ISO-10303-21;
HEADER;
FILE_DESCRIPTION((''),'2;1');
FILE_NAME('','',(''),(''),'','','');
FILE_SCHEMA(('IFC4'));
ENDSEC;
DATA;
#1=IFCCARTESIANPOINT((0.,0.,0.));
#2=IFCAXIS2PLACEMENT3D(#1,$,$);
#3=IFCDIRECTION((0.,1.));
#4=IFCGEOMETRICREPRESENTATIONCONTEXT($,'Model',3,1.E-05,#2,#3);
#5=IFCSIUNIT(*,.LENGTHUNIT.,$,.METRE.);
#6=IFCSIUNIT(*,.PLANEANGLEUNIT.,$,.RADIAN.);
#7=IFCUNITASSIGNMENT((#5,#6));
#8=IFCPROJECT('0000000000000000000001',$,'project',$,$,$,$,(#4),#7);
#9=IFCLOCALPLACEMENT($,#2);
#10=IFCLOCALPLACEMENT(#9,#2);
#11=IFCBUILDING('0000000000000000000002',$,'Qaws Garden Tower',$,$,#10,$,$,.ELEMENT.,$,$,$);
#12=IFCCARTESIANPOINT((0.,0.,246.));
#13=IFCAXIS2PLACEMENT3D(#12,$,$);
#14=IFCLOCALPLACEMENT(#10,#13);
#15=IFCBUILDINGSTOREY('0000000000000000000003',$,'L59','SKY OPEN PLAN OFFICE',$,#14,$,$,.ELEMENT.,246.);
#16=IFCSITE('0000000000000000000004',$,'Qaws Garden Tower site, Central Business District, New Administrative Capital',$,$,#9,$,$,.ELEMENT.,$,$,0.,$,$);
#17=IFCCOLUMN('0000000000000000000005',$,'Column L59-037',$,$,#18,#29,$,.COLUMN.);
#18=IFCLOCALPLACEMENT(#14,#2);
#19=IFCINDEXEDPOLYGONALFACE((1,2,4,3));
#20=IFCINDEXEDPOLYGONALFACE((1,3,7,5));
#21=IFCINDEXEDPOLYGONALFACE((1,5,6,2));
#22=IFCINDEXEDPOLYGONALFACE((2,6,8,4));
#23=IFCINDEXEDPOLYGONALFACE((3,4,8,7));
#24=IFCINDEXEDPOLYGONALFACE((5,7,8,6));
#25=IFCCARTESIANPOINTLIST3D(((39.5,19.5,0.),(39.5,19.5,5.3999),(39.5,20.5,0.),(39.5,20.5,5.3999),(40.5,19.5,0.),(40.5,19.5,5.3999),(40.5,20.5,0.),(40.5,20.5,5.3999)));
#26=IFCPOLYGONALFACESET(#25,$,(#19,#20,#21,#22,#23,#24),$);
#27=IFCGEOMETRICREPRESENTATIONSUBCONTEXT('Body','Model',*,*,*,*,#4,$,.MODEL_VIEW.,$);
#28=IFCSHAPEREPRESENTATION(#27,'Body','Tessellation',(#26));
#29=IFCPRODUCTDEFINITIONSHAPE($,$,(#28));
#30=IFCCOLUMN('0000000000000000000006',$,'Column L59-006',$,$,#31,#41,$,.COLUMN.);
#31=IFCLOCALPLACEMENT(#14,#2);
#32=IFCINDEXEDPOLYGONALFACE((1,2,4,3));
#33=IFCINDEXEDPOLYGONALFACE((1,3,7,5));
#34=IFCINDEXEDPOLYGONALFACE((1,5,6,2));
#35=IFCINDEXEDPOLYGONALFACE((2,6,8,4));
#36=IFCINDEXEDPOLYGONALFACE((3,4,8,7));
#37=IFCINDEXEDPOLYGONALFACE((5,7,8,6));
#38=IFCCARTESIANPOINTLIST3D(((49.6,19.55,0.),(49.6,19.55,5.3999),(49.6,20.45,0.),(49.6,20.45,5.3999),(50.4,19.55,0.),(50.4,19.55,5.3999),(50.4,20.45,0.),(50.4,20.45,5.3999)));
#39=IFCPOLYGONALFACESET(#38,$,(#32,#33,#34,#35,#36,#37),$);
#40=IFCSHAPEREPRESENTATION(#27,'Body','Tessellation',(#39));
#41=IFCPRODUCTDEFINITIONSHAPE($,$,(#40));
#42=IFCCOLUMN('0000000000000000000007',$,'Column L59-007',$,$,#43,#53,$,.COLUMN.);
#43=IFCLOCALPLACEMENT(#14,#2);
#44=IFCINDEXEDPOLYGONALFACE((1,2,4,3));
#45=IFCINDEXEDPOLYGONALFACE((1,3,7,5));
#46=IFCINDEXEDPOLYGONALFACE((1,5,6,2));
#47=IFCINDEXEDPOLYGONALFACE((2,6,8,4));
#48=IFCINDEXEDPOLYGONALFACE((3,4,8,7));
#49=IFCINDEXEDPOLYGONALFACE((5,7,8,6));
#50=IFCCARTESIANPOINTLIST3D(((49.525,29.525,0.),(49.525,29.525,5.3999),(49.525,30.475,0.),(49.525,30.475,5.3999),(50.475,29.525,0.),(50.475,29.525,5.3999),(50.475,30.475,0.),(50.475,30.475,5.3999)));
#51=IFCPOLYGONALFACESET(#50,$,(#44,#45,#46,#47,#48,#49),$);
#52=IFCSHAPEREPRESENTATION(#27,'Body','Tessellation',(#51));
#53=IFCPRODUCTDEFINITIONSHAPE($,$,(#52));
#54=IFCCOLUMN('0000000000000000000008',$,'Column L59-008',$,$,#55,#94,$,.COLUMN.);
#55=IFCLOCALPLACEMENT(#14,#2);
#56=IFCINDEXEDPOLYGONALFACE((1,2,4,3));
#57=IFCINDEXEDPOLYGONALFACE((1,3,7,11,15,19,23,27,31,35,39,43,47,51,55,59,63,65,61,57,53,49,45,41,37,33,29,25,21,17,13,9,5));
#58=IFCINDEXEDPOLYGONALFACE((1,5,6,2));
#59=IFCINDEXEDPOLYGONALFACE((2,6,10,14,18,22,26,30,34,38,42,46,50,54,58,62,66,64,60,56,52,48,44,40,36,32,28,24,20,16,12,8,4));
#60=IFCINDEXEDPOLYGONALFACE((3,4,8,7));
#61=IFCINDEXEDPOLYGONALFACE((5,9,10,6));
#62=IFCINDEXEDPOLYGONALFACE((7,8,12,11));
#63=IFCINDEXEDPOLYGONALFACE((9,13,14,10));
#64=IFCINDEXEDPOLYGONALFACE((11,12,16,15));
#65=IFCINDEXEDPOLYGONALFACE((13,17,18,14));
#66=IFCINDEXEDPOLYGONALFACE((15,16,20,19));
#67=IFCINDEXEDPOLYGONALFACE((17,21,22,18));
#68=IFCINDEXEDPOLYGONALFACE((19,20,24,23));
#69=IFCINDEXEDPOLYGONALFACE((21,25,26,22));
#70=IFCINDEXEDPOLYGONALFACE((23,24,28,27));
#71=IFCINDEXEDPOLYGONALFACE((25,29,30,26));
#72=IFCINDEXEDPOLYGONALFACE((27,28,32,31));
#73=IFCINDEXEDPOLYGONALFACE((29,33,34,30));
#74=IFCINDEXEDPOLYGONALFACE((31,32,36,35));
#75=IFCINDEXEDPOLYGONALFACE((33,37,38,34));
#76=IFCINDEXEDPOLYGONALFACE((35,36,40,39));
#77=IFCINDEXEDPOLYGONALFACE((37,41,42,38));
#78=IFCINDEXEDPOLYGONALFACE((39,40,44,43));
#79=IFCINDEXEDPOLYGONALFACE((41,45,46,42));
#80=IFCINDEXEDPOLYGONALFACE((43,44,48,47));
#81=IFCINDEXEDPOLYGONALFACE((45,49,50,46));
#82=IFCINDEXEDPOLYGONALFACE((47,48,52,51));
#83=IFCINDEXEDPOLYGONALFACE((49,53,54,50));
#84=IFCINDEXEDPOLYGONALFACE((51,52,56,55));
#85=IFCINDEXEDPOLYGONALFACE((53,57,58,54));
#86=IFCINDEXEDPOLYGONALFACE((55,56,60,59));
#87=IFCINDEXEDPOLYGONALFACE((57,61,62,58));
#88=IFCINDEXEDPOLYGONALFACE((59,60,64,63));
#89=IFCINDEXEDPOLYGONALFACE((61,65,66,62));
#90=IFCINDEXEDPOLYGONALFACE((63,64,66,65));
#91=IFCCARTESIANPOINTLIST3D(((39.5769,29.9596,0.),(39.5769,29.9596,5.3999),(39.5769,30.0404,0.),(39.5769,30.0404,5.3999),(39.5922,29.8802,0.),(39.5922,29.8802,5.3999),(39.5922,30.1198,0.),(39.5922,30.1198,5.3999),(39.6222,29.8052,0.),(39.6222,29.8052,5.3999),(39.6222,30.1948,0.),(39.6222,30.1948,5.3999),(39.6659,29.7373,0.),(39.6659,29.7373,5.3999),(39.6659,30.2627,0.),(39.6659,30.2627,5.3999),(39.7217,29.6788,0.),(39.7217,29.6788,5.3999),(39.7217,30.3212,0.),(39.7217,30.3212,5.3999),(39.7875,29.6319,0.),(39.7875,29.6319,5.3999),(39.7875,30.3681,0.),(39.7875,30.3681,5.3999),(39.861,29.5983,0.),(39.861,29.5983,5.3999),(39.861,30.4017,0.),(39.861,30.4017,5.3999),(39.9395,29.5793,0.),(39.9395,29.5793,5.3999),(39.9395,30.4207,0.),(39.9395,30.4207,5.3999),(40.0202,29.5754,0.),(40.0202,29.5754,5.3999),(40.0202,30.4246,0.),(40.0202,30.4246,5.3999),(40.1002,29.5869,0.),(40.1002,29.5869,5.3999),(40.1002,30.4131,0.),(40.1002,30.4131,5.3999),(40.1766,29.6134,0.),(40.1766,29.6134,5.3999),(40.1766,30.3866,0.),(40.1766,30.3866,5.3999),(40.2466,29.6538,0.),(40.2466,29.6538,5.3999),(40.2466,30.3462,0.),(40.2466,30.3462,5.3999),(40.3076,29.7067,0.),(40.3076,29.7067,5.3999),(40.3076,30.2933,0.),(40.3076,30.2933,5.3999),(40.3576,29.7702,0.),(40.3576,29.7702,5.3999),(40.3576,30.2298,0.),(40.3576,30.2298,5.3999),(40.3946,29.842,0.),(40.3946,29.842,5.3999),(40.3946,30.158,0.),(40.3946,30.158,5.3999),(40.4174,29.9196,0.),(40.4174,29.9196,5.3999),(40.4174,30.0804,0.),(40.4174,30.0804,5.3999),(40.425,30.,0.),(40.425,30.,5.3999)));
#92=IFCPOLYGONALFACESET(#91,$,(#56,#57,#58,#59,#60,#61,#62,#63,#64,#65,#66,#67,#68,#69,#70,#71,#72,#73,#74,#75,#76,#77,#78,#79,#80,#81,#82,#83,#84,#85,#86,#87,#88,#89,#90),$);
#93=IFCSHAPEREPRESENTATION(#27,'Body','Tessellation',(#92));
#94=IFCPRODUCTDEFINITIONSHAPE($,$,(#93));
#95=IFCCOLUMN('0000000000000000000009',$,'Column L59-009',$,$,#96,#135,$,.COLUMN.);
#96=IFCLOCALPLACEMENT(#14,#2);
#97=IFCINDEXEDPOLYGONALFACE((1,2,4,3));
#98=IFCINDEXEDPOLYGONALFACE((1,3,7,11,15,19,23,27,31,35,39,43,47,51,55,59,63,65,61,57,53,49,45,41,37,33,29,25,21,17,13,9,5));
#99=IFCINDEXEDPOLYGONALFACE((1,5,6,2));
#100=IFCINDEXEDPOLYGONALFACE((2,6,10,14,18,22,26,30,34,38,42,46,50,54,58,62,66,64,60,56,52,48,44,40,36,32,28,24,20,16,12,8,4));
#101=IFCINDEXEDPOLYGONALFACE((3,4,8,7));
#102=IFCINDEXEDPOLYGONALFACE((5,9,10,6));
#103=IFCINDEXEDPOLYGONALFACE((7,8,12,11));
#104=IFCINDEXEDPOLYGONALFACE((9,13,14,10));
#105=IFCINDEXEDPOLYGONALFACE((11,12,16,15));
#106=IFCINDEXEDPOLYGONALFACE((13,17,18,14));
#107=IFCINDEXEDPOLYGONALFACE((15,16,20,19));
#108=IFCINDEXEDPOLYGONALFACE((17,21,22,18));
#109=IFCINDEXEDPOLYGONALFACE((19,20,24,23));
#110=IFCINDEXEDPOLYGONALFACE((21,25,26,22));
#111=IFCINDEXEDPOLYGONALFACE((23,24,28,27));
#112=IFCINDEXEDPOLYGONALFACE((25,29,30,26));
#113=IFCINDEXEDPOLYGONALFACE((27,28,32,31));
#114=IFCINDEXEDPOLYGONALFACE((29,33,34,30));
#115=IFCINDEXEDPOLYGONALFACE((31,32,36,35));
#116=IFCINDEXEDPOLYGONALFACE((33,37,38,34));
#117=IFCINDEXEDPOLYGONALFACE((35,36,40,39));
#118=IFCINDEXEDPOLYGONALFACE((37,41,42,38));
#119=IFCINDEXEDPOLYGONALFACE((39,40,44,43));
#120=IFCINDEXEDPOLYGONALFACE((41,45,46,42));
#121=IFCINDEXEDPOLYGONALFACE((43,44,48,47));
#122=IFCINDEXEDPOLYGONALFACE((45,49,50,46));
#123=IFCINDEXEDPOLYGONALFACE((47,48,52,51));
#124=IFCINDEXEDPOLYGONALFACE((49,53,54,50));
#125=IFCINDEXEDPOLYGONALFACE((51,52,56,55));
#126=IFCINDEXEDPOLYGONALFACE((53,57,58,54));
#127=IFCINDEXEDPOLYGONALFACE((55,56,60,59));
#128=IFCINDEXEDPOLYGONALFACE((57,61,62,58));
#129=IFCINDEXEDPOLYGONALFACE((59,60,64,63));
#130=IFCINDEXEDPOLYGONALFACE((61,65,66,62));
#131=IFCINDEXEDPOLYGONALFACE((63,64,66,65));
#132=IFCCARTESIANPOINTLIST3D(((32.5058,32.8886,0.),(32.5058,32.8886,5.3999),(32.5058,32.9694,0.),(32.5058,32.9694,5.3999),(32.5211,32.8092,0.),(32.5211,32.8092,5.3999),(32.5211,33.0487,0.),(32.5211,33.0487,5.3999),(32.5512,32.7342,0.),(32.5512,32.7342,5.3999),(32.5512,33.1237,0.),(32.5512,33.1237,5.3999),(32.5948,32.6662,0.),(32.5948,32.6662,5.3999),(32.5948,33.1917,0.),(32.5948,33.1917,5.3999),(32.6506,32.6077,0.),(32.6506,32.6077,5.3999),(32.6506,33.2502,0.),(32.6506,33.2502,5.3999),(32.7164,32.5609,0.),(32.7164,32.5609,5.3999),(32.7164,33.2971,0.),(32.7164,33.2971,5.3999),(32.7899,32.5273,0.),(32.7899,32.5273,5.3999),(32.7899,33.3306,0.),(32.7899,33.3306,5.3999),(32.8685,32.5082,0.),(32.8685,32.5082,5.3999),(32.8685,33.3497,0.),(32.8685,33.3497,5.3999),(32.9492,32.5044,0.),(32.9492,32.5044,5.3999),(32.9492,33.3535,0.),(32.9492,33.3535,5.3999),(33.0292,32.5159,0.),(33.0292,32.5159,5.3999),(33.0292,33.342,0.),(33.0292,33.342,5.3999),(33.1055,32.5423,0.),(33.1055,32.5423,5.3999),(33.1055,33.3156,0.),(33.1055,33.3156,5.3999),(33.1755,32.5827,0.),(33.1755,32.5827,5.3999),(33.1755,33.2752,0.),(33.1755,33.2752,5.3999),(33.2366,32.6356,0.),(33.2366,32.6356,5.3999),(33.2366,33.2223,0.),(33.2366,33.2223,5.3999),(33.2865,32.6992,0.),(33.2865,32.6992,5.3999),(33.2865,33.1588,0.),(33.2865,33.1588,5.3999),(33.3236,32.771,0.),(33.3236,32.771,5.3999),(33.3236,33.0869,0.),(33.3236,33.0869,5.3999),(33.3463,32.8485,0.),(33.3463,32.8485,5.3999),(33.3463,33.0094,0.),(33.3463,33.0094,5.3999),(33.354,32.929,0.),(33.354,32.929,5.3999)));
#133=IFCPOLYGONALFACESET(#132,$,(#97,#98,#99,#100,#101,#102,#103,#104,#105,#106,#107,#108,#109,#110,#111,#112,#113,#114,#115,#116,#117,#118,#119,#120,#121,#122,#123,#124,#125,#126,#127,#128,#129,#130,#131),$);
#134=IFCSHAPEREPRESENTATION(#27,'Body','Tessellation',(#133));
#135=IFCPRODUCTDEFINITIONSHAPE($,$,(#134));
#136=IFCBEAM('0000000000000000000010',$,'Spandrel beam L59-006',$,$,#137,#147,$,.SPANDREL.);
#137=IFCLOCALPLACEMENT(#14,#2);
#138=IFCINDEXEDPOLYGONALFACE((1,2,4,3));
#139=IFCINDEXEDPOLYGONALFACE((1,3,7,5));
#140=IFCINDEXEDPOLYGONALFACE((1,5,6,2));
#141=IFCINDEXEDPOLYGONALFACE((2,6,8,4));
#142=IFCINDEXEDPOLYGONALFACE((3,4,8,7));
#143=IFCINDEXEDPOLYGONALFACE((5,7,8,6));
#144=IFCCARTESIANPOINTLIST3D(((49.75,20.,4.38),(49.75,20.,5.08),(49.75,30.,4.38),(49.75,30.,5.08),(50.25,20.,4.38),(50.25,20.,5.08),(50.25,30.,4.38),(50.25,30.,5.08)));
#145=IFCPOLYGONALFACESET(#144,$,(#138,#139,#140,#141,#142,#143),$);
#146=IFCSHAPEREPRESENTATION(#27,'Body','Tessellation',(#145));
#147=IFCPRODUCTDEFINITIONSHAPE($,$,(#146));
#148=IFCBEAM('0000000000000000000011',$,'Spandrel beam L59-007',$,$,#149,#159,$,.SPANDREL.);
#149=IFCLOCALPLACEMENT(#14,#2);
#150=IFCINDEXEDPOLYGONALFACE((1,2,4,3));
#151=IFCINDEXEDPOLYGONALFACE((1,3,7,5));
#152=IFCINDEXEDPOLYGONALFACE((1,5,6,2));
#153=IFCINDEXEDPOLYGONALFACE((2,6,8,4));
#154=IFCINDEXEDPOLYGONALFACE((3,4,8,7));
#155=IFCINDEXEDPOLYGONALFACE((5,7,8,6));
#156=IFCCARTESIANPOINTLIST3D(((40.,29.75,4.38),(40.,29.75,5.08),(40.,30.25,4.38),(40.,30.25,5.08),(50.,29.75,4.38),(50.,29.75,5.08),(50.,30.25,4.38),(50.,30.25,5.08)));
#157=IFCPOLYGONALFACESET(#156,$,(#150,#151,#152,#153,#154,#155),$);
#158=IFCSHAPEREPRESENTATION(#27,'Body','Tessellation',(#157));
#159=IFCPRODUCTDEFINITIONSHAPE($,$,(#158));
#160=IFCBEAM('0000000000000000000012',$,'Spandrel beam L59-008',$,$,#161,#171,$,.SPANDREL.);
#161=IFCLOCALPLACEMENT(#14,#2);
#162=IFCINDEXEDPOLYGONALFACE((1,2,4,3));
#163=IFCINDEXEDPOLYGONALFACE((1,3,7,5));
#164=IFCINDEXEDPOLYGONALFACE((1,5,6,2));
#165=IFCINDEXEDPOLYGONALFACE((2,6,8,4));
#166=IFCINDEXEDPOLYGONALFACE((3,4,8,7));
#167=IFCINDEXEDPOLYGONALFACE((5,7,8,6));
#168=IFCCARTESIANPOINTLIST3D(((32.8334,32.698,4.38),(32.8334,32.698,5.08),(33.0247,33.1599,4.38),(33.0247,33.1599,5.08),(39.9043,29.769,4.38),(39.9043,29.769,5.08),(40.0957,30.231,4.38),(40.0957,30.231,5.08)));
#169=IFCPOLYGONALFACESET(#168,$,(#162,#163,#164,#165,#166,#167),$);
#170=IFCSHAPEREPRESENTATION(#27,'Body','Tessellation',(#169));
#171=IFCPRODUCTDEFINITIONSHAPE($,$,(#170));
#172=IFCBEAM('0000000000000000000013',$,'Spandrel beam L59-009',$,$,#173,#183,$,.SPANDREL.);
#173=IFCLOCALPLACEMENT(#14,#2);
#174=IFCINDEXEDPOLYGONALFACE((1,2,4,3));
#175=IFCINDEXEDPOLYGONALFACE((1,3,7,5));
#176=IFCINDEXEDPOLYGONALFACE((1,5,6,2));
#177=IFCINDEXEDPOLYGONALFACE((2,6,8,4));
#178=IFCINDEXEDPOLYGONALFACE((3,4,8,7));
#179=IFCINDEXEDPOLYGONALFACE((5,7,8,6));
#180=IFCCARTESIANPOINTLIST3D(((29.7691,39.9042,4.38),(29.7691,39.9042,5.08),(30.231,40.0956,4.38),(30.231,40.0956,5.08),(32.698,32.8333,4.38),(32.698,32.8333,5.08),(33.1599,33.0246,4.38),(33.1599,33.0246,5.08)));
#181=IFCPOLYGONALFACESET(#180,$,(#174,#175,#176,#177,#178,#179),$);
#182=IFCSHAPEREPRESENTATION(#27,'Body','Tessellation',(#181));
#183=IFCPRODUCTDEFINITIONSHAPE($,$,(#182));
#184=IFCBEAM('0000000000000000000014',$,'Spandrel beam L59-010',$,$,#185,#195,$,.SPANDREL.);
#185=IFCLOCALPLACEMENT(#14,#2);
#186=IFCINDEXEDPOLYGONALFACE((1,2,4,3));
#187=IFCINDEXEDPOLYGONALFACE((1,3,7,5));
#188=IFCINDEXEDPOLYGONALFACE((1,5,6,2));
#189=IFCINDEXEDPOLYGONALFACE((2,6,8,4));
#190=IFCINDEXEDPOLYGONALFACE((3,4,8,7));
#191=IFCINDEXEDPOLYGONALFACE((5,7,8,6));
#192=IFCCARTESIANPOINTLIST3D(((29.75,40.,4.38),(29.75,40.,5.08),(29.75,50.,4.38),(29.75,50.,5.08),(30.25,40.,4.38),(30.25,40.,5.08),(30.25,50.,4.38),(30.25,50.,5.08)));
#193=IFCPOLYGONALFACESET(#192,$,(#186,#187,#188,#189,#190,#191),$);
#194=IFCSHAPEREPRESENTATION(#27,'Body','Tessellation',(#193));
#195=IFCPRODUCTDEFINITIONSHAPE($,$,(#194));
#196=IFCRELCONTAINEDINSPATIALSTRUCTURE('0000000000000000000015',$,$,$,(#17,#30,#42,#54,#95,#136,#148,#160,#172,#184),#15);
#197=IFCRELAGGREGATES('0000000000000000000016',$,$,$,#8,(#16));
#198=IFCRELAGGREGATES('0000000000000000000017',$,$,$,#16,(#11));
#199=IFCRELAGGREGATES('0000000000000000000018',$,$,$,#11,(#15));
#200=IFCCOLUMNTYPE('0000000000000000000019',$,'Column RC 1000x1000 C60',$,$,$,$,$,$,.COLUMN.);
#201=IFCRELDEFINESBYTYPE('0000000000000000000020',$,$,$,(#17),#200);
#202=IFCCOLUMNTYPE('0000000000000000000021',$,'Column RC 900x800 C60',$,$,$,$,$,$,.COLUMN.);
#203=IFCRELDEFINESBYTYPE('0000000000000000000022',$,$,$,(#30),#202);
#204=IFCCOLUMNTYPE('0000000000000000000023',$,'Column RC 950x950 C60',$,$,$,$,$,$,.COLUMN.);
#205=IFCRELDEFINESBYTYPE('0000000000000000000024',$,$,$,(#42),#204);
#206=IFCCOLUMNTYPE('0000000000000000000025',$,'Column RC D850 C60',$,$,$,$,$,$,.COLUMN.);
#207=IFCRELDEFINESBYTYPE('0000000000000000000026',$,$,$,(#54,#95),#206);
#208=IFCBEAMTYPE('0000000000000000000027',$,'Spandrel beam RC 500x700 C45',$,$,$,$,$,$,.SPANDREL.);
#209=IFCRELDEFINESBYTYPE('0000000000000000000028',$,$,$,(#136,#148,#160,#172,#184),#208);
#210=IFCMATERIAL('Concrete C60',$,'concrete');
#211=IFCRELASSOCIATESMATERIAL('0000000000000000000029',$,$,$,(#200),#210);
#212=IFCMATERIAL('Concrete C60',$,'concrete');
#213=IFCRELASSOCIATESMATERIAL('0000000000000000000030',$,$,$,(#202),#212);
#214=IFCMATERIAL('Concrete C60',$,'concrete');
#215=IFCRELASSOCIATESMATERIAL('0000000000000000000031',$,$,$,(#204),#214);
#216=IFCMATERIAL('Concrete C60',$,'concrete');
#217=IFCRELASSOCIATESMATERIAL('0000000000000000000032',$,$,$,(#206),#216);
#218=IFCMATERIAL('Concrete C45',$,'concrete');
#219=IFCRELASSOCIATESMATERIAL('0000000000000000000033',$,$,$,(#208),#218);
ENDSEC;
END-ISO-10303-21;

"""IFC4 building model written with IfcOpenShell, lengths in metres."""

from ifc_helpers import new_model, si_unit, direction, frame, origin, origin_2d, place, context, subcontext, project, spatial, rectangle, circle, extrude, material, material_profile, profile_set, type_object, element, save


model = new_model("IFC4")

# Units and contexts
model_context = context("Model", 3, precision=1e-05, world=origin(), true_north=direction((0.0, 1.0)))
body_context = subcontext(model_context, "Body", "Model", "MODEL_VIEW")
ifc_project = project(units=[si_unit("LENGTHUNIT", "METRE"), si_unit("PLANEANGLEUNIT", "RADIAN")], contexts=[model_context])

# Site, building, storey
site_placement = place(None, origin())
site = spatial("IfcSite", under=ifc_project, at=site_placement, Name="Qaws Garden Tower site, Central Business District, New Administrative Capital", CompositionType="ELEMENT", RefElevation=0.0)
building_placement = place(site_placement, origin())
building = spatial("IfcBuilding", under=site, at=building_placement, Name="Qaws Garden Tower", CompositionType="ELEMENT")
storey_placement = place(building_placement, frame((0.0, 0.0, 246.0)))
storey = spatial("IfcBuildingStorey", under=building, at=storey_placement, Name="L59", Description="SKY OPEN PLAN OFFICE", CompositionType="ELEMENT", Elevation=246.0)

# Columns
ifc_material_1 = material(Name="Concrete C60", Category="concrete")
ifc_material_profile_1 = material_profile(ifc_material_1, rectangle(XDim=1.0, YDim=1.0, at=origin_2d()), Name="RC 1000x1000")
ifc_profile_set_1 = profile_set([ifc_material_profile_1], Name="Concrete C60")
column_type_1 = type_object("IfcColumnType", Name="Column RC 1000x1000 C60", PredefinedType="COLUMN", material=ifc_profile_set_1)
column_1_placement = place(storey_placement, frame((40.0, 20.0, 0.0), z_axis=(0.0, 0.0, 1.0), x_axis=(1.0, 0.0, 0.0)))
element("IfcColumn", 1, at=column_1_placement, inside=storey, type_object=column_type_1, Name="Column L59-037", PredefinedType="COLUMN", context=body_context, shape_type="SweptSolid", body=[
    extrude(rectangle(XDim=1.0, YDim=1.0, at=origin_2d()), origin(), (0.0, 0.0, 1.0), 5.3999),
])
ifc_material_2 = material(Name="Concrete C60", Category="concrete")
ifc_material_profile_2 = material_profile(ifc_material_2, rectangle(XDim=0.8999, YDim=0.8, at=origin_2d()), Name="RC 900x800")
ifc_profile_set_2 = profile_set([ifc_material_profile_2], Name="Concrete C60")
column_type_2 = type_object("IfcColumnType", Name="Column RC 900x800 C60", PredefinedType="COLUMN", material=ifc_profile_set_2)
column_2_placement = place(storey_placement, frame((50.0, 20.0, 0.0), z_axis=(0.0, 0.0, 1.0), x_axis=(0.0, 1.0, 0.0)))
element("IfcColumn", 2, at=column_2_placement, inside=storey, type_object=column_type_2, Name="Column L59-006", PredefinedType="COLUMN", context=body_context, shape_type="SweptSolid", body=[
    extrude(rectangle(XDim=0.8999, YDim=0.8, at=origin_2d()), origin(), (0.0, 0.0, 1.0), 5.3999),
])
ifc_material_3 = material(Name="Concrete C60", Category="concrete")
ifc_material_profile_3 = material_profile(ifc_material_3, rectangle(XDim=0.95, YDim=0.95, at=origin_2d()), Name="RC 950x950")
ifc_profile_set_3 = profile_set([ifc_material_profile_3], Name="Concrete C60")
column_type_3 = type_object("IfcColumnType", Name="Column RC 950x950 C60", PredefinedType="COLUMN", material=ifc_profile_set_3)
column_3_placement = place(storey_placement, frame((50.0, 30.0, 0.0), z_axis=(0.0, 0.0, 1.0), x_axis=(1.0, 0.0, 0.0)))
element("IfcColumn", 3, at=column_3_placement, inside=storey, type_object=column_type_3, Name="Column L59-007", PredefinedType="COLUMN", context=body_context, shape_type="SweptSolid", body=[
    extrude(rectangle(XDim=0.95, YDim=0.95, at=origin_2d()), origin(), (0.0, 0.0, 1.0), 5.3999),
])
ifc_material_4 = material(Name="Concrete C60", Category="concrete")
ifc_material_profile_4 = material_profile(ifc_material_4, circle(Radius=0.425, at=origin_2d()), Name="RC D850")
ifc_profile_set_4 = profile_set([ifc_material_profile_4], Name="Concrete C60")
column_type_4 = type_object("IfcColumnType", Name="Column RC D850 C60", PredefinedType="COLUMN", material=ifc_profile_set_4)
for number, where, z_axis, x_axis, name in (
    (4, (40.0, 30.0, 0.0), (0.0, 0.0, 1.0), (1.0, 0.0, 0.0), "Column L59-008"),
    (5, (32.929, 32.929, 0.0), (0.0, 0.0, 1.0), (1.0, 0.0, 0.0), "Column L59-009"),
):
    element("IfcColumn", number, at=place(storey_placement, frame(where, z_axis=z_axis, x_axis=x_axis)), inside=storey, type_object=column_type_4, Name=name, PredefinedType="COLUMN", context=body_context, shape_type="SweptSolid", body=[
        extrude(circle(Radius=0.425, at=origin_2d()), origin(), (0.0, 0.0, 1.0), 5.3999),
    ])

# Beams
ifc_material_5 = material(Name="Concrete C45", Category="concrete")
ifc_material_profile_5 = material_profile(ifc_material_5, rectangle(XDim=0.5, YDim=0.7, at=origin_2d()), Name="RC 500x700")
ifc_profile_set_5 = profile_set([ifc_material_profile_5], Name="Concrete C45")
beam_type = type_object("IfcBeamType", Name="Spandrel beam RC 500x700 C45", PredefinedType="SPANDREL", material=ifc_profile_set_5)
for number, where, z_axis, x_axis, name in (
    (6, (50.0, 20.0, 4.73), (0.0, 1.0, 0.0), (-1.0, 0.0, 0.0), "Spandrel beam L59-006"),
    (7, (50.0, 30.0, 4.73), (-1.0, 0.0, 0.0), (0.0, -1.0, 0.0), "Spandrel beam L59-007"),
):
    element("IfcBeam", number, at=place(storey_placement, frame(where, z_axis=z_axis, x_axis=x_axis)), inside=storey, type_object=beam_type, Name=name, PredefinedType="SPANDREL", context=body_context, shape_type="SweptSolid", body=[
        extrude(rectangle(XDim=0.5, YDim=0.7, at=origin_2d()), origin(), (0.0, 0.0, 1.0), 10.0),
    ])
for number, where, z_axis, x_axis, name in (
    (8, (40.0, 30.0, 4.73), (-0.923878, 0.382687, 0.0), (-0.382687, -0.923878, 0.0), "Spandrel beam L59-008"),
    (9, (32.929, 32.929, 4.73), (-0.382687, 0.923878, 0.0), (-0.923878, -0.382687, 0.0), "Spandrel beam L59-009"),
):
    element("IfcBeam", number, at=place(storey_placement, frame(where, z_axis=z_axis, x_axis=x_axis)), inside=storey, type_object=beam_type, Name=name, PredefinedType="SPANDREL", context=body_context, shape_type="SweptSolid", body=[
        extrude(rectangle(XDim=0.5, YDim=0.7, at=origin_2d()), origin(), (0.0, 0.0, 1.0), 7.6536),
    ])
beam_placement = place(storey_placement, frame((30.0, 40.0, 4.73), z_axis=(0.0, 1.0, 0.0), x_axis=(-1.0, 0.0, 0.0)))
element("IfcBeam", 10, at=beam_placement, inside=storey, type_object=beam_type, Name="Spandrel beam L59-010", PredefinedType="SPANDREL", context=body_context, shape_type="SweptSolid", body=[
    extrude(rectangle(XDim=0.5, YDim=0.7, at=origin_2d()), origin(), (0.0, 0.0, 1.0), 10.0),
])

save(model, "model.ifc")
